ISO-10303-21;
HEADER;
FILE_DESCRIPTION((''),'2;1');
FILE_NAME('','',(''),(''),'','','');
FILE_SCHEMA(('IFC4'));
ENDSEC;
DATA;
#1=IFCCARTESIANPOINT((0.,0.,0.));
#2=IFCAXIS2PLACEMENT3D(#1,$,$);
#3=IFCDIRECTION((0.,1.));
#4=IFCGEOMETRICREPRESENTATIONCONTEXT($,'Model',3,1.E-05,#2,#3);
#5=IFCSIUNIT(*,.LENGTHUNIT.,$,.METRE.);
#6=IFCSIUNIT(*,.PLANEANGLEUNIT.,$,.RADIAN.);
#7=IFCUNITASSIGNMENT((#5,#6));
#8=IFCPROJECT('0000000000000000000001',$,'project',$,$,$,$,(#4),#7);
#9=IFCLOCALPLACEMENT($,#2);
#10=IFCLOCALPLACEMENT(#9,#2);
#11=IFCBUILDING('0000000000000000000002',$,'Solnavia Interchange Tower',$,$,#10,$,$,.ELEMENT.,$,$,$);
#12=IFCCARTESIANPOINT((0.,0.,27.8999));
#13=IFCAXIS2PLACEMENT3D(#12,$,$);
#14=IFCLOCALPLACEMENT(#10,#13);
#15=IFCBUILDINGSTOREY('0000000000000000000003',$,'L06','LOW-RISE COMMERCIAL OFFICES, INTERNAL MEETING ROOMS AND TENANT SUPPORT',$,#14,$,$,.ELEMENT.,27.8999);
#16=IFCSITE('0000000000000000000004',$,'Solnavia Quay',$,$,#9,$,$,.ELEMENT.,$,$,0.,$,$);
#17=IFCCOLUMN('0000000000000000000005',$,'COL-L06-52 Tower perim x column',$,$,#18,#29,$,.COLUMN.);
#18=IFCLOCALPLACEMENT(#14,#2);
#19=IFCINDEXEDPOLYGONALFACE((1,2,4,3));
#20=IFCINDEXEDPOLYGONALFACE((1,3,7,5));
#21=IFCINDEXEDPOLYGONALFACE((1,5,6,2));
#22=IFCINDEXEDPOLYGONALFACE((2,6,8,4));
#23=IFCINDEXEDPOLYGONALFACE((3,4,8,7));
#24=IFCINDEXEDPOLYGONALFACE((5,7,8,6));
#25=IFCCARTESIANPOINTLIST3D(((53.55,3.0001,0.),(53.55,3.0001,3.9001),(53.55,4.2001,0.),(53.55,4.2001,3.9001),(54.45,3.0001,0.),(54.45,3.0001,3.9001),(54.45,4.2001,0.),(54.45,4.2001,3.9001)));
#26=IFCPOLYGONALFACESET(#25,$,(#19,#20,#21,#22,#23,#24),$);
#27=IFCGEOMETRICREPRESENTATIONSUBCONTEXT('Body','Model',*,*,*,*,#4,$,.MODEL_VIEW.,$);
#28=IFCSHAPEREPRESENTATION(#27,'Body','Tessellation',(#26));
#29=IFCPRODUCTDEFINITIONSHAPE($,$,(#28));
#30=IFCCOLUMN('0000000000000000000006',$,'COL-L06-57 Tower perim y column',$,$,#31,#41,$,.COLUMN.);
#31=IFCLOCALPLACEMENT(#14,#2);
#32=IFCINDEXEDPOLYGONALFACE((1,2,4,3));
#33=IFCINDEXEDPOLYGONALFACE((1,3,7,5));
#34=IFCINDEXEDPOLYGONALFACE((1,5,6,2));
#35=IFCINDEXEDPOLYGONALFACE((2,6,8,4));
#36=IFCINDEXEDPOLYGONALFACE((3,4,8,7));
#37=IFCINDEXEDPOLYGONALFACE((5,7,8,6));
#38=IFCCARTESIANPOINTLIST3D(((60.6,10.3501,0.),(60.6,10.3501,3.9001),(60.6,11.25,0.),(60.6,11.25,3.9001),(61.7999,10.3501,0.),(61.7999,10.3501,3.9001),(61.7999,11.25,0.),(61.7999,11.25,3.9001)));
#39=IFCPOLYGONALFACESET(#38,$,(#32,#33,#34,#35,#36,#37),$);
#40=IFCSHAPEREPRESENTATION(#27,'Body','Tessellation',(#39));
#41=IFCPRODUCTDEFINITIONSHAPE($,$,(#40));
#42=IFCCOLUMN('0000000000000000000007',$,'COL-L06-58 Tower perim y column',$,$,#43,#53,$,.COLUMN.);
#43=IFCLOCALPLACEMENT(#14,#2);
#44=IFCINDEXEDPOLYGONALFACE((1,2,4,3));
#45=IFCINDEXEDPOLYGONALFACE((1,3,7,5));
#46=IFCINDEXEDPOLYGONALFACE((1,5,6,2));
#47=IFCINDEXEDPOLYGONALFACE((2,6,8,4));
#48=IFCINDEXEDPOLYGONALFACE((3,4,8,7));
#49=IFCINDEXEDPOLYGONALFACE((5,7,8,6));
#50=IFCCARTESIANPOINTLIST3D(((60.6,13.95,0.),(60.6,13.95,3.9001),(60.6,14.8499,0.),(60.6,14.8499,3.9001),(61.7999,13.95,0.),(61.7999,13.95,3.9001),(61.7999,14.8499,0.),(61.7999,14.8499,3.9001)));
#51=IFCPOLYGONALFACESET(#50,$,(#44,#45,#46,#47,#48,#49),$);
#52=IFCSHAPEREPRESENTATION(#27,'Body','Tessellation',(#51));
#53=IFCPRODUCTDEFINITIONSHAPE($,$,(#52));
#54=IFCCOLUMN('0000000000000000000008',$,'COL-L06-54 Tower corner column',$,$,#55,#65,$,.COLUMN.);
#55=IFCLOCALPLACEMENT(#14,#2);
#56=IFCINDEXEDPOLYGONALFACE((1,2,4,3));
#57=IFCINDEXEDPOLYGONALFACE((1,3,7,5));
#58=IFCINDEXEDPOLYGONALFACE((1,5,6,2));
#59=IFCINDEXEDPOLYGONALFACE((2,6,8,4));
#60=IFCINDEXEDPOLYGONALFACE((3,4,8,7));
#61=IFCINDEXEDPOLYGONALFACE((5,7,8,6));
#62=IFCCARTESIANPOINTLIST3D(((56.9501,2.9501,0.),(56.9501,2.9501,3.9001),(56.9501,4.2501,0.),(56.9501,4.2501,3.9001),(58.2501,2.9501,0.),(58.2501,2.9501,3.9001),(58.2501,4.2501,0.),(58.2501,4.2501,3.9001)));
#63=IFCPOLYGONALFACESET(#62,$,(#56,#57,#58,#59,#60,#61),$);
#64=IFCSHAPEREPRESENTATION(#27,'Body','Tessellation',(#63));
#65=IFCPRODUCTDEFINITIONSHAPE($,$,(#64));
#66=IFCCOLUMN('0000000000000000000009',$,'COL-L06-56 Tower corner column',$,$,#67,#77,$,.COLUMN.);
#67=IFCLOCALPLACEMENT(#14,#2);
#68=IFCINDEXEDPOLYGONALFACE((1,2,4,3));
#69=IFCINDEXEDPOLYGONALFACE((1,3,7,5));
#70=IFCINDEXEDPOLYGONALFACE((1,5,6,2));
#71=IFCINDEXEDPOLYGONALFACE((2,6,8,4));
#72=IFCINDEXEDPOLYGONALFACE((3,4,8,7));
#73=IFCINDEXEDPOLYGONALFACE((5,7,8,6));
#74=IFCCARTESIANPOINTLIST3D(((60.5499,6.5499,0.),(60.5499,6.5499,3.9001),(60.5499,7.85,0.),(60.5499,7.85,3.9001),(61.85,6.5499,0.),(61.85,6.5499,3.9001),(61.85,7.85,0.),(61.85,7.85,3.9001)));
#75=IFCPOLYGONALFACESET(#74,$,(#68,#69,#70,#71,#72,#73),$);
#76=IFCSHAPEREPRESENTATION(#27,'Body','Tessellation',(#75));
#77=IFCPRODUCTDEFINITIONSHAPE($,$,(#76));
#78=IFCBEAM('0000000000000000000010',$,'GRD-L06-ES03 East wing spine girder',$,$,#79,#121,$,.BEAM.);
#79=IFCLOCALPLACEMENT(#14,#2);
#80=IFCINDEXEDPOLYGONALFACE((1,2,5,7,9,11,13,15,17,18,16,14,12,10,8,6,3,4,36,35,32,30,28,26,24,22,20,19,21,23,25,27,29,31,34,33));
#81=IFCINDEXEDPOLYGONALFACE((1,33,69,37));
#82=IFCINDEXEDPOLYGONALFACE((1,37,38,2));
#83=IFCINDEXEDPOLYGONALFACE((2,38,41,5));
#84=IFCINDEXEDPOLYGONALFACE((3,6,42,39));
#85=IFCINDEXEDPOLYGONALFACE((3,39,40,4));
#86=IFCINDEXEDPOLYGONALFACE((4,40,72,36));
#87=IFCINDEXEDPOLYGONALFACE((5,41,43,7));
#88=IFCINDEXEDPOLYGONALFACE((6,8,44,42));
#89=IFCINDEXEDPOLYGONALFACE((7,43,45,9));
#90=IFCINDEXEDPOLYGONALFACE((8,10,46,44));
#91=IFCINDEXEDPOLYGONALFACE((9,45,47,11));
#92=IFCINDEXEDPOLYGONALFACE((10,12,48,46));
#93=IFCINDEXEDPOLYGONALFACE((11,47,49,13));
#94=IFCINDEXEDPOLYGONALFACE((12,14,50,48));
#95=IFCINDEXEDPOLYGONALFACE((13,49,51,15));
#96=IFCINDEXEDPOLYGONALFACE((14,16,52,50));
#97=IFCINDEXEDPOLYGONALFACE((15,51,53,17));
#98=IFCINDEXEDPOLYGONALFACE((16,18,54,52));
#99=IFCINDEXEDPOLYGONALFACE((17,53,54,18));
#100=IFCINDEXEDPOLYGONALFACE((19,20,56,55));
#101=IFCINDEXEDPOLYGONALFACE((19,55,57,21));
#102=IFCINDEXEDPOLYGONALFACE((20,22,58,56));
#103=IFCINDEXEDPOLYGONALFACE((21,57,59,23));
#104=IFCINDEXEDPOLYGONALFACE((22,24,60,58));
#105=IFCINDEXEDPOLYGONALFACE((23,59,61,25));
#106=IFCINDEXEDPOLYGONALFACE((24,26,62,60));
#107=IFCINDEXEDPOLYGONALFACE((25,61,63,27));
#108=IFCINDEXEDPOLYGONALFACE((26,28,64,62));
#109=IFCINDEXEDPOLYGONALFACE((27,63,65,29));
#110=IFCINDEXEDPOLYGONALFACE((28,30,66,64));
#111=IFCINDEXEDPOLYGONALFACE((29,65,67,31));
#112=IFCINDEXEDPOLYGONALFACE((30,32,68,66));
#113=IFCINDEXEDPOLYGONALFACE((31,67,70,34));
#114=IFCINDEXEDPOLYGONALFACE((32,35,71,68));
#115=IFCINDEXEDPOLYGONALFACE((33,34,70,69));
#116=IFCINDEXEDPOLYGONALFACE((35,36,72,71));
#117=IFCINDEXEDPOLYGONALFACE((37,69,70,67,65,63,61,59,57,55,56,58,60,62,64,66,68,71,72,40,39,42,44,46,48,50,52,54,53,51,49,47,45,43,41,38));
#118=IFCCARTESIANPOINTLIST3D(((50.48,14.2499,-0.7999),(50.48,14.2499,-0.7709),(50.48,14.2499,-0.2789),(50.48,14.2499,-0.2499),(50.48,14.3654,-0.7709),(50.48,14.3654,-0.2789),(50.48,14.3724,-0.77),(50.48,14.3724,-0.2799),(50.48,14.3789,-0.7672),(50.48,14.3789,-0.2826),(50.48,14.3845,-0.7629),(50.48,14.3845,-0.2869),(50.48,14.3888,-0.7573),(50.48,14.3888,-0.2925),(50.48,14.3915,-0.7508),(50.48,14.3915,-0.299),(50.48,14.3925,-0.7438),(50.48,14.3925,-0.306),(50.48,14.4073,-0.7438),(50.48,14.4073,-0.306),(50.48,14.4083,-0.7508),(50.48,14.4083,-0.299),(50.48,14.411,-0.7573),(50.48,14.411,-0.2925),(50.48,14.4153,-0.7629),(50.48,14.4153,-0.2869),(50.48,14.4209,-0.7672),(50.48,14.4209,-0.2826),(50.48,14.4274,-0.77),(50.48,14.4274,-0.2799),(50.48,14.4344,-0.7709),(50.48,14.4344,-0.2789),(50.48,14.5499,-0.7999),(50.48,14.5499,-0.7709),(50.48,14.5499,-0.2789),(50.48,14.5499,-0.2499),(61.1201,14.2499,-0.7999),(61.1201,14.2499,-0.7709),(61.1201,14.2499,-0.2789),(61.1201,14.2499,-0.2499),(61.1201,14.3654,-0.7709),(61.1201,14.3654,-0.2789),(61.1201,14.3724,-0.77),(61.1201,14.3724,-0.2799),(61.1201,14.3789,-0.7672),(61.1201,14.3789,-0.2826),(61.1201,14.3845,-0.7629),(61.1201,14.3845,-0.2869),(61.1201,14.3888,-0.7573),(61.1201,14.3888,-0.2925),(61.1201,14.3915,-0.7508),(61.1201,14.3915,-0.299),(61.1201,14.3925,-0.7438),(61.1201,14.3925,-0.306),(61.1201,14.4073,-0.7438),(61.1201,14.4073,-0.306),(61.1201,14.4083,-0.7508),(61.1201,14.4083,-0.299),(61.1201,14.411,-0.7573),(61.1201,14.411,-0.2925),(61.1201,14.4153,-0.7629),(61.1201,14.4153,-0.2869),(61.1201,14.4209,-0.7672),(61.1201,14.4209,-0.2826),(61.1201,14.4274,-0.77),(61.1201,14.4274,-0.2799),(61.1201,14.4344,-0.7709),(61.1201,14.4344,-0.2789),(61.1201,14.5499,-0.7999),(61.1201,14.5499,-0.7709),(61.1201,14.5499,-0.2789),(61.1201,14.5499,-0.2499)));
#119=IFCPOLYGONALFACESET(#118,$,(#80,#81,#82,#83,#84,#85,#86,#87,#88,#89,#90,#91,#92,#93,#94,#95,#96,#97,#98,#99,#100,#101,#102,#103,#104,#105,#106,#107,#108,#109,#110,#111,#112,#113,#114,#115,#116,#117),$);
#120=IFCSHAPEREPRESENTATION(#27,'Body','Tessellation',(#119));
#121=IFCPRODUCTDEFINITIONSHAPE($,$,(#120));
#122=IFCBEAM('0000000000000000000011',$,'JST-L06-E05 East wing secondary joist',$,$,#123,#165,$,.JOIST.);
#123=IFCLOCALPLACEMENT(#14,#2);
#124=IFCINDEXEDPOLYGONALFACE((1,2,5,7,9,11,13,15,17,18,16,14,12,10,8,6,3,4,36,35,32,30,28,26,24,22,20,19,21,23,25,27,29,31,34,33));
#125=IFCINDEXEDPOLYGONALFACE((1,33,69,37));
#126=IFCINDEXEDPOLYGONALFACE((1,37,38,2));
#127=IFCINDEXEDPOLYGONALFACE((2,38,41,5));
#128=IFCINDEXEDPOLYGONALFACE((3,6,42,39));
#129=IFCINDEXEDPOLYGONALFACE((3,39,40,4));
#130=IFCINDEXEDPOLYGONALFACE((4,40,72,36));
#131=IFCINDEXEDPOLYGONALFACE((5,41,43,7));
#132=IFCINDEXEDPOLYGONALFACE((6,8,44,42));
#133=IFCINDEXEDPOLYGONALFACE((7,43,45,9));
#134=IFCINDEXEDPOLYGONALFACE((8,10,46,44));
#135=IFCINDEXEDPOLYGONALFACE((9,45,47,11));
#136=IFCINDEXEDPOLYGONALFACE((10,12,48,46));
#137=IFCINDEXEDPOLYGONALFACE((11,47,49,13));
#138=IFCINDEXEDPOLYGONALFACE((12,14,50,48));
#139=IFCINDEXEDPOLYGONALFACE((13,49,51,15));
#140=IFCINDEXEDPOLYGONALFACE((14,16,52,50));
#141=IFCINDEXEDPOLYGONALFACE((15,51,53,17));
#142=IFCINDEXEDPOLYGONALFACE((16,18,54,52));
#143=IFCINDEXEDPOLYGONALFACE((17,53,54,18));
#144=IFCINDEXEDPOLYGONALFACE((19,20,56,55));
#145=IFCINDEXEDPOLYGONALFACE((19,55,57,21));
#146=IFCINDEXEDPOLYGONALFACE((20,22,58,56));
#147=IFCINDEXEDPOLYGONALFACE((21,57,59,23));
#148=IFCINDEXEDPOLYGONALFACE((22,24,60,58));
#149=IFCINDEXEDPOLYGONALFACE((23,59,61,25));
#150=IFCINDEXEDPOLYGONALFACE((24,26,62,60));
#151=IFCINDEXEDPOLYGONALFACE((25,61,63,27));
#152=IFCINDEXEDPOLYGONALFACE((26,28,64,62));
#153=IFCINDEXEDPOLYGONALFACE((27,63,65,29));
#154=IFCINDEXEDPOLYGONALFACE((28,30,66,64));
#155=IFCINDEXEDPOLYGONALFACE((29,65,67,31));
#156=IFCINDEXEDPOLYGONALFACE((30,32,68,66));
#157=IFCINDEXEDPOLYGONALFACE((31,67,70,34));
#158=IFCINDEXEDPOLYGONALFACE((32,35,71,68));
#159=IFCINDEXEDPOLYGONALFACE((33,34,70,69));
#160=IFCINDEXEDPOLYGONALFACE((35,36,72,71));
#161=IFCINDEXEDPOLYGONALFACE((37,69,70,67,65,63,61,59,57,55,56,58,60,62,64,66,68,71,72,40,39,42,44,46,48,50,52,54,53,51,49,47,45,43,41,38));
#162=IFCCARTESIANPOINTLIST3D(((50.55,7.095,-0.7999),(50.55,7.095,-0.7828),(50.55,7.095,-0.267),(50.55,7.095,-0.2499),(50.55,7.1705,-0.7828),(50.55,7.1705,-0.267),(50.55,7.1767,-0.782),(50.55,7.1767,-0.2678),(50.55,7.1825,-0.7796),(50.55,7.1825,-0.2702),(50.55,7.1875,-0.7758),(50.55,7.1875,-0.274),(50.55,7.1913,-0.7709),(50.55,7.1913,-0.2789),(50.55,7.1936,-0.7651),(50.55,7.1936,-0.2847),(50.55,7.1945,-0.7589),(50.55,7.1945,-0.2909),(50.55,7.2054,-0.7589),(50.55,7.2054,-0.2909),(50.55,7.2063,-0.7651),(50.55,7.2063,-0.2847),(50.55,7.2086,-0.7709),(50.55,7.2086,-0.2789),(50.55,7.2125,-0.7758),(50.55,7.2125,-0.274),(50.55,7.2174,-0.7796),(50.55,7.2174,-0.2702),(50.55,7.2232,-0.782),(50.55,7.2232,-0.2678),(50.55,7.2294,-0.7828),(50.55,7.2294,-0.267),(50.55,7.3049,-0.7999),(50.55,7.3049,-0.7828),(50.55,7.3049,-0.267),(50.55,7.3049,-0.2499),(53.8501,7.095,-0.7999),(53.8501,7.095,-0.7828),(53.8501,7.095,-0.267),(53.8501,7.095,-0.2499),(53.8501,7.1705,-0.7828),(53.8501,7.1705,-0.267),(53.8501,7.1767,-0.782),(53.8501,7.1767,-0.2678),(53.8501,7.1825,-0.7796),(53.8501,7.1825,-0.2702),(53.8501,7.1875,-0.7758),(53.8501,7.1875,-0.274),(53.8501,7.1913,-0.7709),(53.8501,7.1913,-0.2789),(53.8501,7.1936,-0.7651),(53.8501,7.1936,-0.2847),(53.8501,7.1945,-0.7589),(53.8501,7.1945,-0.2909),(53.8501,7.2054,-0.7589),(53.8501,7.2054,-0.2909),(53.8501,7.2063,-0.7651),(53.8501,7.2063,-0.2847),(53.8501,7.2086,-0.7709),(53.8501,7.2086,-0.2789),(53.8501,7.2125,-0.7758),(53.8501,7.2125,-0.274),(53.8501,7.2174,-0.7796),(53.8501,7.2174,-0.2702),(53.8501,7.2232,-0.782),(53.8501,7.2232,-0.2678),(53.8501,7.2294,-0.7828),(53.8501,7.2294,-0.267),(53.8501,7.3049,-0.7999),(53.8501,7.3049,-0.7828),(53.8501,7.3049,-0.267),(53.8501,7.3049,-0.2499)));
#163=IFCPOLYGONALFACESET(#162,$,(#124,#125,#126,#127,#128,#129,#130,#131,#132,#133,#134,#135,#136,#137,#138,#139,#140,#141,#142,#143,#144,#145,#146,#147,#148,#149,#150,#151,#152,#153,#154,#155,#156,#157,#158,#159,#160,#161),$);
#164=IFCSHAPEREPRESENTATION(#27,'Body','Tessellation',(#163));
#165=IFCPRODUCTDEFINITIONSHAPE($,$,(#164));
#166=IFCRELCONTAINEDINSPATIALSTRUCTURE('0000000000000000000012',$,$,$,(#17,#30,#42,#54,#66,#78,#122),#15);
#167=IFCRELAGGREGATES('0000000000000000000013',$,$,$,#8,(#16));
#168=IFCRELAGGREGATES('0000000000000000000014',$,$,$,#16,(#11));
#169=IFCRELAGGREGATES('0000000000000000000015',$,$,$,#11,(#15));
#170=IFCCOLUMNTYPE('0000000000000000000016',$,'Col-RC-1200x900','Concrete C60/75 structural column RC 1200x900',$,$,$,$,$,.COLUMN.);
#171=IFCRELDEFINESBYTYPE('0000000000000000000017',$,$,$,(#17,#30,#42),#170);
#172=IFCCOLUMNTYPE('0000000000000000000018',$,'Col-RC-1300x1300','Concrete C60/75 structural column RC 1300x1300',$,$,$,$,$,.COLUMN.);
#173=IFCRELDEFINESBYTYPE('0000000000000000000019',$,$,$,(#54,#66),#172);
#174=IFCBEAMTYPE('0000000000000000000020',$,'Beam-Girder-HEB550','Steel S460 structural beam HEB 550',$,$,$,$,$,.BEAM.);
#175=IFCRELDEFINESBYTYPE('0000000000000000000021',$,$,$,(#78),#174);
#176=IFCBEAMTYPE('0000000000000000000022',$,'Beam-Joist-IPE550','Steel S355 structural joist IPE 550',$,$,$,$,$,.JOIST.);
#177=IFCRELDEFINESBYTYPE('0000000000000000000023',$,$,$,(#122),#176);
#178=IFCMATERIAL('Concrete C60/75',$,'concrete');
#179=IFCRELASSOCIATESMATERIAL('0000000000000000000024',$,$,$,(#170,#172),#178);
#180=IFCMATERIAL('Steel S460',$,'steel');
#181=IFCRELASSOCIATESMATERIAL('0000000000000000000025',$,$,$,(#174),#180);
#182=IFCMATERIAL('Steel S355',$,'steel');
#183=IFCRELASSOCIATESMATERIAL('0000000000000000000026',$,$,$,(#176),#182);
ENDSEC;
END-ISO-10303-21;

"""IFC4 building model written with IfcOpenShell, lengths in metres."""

from ifc_helpers import new_model, si_unit, direction, frame, origin, origin_2d, place, context, subcontext, project, spatial, rectangle, i_section, extrude, material, material_profile, profile_set, type_object, element, save


model = new_model("IFC4")

# Units and contexts
model_context = context("Model", 3, precision=1e-05, world=origin(), true_north=direction((0.0, 1.0)))
body_context = subcontext(model_context, "Body", "Model", "MODEL_VIEW")
ifc_project = project(units=[si_unit("LENGTHUNIT", "METRE"), si_unit("PLANEANGLEUNIT", "RADIAN")], contexts=[model_context])

# Site, building, storey
site_placement = place(None, origin())
site = spatial("IfcSite", under=ifc_project, at=site_placement, Name="Solnavia Quay", CompositionType="ELEMENT", RefElevation=0.0)
building_placement = place(site_placement, origin())
building = spatial("IfcBuilding", under=site, at=building_placement, Name="Solnavia Interchange Tower", CompositionType="ELEMENT")
storey_placement = place(building_placement, frame((0.0, 0.0, 27.8999)))
storey = spatial("IfcBuildingStorey", under=building, at=storey_placement, Name="L06", Description="LOW-RISE COMMERCIAL OFFICES, INTERNAL MEETING ROOMS AND TENANT SUPPORT", CompositionType="ELEMENT", Elevation=27.8999)

# Columns
ifc_material_1 = material(Name="Concrete C60/75", Category="concrete")
ifc_material_profile_1 = material_profile(ifc_material_1, rectangle(XDim=0.8999, YDim=1.2, at=origin_2d()), Name="RC 1200x900")
ifc_profile_set_1 = profile_set([ifc_material_profile_1], Name="Concrete C60/75")
column_type_1 = type_object("IfcColumnType", Name="Col-RC-1200x900", Description="Concrete C60/75 structural column RC 1200x900", PredefinedType="COLUMN", material=ifc_profile_set_1)
for number, where, z_axis, x_axis, name in (
    (1, (54.0, 3.6001, 0.0), (0.0, 0.0, 1.0), (1.0, 0.0, 0.0), "COL-L06-52 Tower perim x column"),
    (2, (61.2, 10.8, 0.0), (0.0, 0.0, 1.0), (0.0, 1.0, 0.0), "COL-L06-57 Tower perim y column"),
    (3, (61.2, 14.3999, 0.0), (0.0, 0.0, 1.0), (0.0, 1.0, 0.0), "COL-L06-58 Tower perim y column"),
):
    element("IfcColumn", number, at=place(storey_placement, frame(where, z_axis=z_axis, x_axis=x_axis)), inside=storey, type_object=column_type_1, Name=name, PredefinedType="COLUMN", context=body_context, shape_type="SweptSolid", body=[
        extrude(rectangle(XDim=0.8999, YDim=1.2, at=origin_2d()), origin(), (0.0, 0.0, 1.0), 3.9001),
    ])
ifc_material_profile_2 = material_profile(ifc_material_1, rectangle(XDim=1.3, YDim=1.3, at=origin_2d()), Name="RC 1300x1300")
ifc_profile_set_2 = profile_set([ifc_material_profile_2], Name="Concrete C60/75")
column_type_2 = type_object("IfcColumnType", Name="Col-RC-1300x1300", Description="Concrete C60/75 structural column RC 1300x1300", PredefinedType="COLUMN", material=ifc_profile_set_2)
for number, where, z_axis, x_axis, name in (
    (4, (57.6001, 3.6001, 0.0), (0.0, 0.0, 1.0), (1.0, 0.0, 0.0), "COL-L06-54 Tower corner column"),
    (5, (61.2, 7.2, 0.0), (0.0, 0.0, 1.0), (1.0, 0.0, 0.0), "COL-L06-56 Tower corner column"),
):
    element("IfcColumn", number, at=place(storey_placement, frame(where, z_axis=z_axis, x_axis=x_axis)), inside=storey, type_object=column_type_2, Name=name, PredefinedType="COLUMN", context=body_context, shape_type="SweptSolid", body=[
        extrude(rectangle(XDim=1.3, YDim=1.3, at=origin_2d()), origin(), (0.0, 0.0, 1.0), 3.9001),
    ])

# Beams
ifc_material_2 = material(Name="Steel S460", Category="steel")
ifc_material_profile_3 = material_profile(ifc_material_2, i_section(OverallWidth=0.3, OverallDepth=0.55, WebThickness=0.0149, FlangeThickness=0.0291, FilletRadius=0.0271, at=origin_2d()), Name="HEB 550")
ifc_profile_set_3 = profile_set([ifc_material_profile_3], Name="Steel S460")
beam_type_1 = type_object("IfcBeamType", Name="Beam-Girder-HEB550", Description="Steel S460 structural beam HEB 550", PredefinedType="BEAM", material=ifc_profile_set_3)
beam_1_placement = place(storey_placement, frame((50.48, 14.3999, -0.5249), z_axis=(1.0, 0.0, 0.0), x_axis=(0.0, 1.0, 0.0)))
element("IfcBeam", 6, at=beam_1_placement, inside=storey, type_object=beam_type_1, Name="GRD-L06-ES03 East wing spine girder", PredefinedType="BEAM", context=body_context, shape_type="SweptSolid", body=[
    extrude(i_section(OverallWidth=0.3, OverallDepth=0.55, WebThickness=0.0149, FlangeThickness=0.0291, FilletRadius=0.0271, at=origin_2d()), origin(), (0.0, 0.0, 1.0), 10.6401),
])
ifc_material_3 = material(Name="Steel S355", Category="steel")
ifc_material_profile_4 = material_profile(ifc_material_3, i_section(OverallWidth=0.21, OverallDepth=0.55, WebThickness=0.011, FlangeThickness=0.0171, FilletRadius=0.0239, at=origin_2d()), Name="IPE 550")
ifc_profile_set_4 = profile_set([ifc_material_profile_4], Name="Steel S355")
beam_type_2 = type_object("IfcBeamType", Name="Beam-Joist-IPE550", Description="Steel S355 structural joist IPE 550", PredefinedType="JOIST", material=ifc_profile_set_4)
beam_2_placement = place(storey_placement, frame((50.55, 7.2, -0.5249), z_axis=(1.0, 0.0, 0.0), x_axis=(0.0, 1.0, 0.0)))
element("IfcBeam", 7, at=beam_2_placement, inside=storey, type_object=beam_type_2, Name="JST-L06-E05 East wing secondary joist", PredefinedType="JOIST", context=body_context, shape_type="SweptSolid", body=[
    extrude(i_section(OverallWidth=0.21, OverallDepth=0.55, WebThickness=0.011, FlangeThickness=0.0171, FilletRadius=0.0239, at=origin_2d()), origin(), (0.0, 0.0, 1.0), 3.3),
])

save(model, "model.ifc")
